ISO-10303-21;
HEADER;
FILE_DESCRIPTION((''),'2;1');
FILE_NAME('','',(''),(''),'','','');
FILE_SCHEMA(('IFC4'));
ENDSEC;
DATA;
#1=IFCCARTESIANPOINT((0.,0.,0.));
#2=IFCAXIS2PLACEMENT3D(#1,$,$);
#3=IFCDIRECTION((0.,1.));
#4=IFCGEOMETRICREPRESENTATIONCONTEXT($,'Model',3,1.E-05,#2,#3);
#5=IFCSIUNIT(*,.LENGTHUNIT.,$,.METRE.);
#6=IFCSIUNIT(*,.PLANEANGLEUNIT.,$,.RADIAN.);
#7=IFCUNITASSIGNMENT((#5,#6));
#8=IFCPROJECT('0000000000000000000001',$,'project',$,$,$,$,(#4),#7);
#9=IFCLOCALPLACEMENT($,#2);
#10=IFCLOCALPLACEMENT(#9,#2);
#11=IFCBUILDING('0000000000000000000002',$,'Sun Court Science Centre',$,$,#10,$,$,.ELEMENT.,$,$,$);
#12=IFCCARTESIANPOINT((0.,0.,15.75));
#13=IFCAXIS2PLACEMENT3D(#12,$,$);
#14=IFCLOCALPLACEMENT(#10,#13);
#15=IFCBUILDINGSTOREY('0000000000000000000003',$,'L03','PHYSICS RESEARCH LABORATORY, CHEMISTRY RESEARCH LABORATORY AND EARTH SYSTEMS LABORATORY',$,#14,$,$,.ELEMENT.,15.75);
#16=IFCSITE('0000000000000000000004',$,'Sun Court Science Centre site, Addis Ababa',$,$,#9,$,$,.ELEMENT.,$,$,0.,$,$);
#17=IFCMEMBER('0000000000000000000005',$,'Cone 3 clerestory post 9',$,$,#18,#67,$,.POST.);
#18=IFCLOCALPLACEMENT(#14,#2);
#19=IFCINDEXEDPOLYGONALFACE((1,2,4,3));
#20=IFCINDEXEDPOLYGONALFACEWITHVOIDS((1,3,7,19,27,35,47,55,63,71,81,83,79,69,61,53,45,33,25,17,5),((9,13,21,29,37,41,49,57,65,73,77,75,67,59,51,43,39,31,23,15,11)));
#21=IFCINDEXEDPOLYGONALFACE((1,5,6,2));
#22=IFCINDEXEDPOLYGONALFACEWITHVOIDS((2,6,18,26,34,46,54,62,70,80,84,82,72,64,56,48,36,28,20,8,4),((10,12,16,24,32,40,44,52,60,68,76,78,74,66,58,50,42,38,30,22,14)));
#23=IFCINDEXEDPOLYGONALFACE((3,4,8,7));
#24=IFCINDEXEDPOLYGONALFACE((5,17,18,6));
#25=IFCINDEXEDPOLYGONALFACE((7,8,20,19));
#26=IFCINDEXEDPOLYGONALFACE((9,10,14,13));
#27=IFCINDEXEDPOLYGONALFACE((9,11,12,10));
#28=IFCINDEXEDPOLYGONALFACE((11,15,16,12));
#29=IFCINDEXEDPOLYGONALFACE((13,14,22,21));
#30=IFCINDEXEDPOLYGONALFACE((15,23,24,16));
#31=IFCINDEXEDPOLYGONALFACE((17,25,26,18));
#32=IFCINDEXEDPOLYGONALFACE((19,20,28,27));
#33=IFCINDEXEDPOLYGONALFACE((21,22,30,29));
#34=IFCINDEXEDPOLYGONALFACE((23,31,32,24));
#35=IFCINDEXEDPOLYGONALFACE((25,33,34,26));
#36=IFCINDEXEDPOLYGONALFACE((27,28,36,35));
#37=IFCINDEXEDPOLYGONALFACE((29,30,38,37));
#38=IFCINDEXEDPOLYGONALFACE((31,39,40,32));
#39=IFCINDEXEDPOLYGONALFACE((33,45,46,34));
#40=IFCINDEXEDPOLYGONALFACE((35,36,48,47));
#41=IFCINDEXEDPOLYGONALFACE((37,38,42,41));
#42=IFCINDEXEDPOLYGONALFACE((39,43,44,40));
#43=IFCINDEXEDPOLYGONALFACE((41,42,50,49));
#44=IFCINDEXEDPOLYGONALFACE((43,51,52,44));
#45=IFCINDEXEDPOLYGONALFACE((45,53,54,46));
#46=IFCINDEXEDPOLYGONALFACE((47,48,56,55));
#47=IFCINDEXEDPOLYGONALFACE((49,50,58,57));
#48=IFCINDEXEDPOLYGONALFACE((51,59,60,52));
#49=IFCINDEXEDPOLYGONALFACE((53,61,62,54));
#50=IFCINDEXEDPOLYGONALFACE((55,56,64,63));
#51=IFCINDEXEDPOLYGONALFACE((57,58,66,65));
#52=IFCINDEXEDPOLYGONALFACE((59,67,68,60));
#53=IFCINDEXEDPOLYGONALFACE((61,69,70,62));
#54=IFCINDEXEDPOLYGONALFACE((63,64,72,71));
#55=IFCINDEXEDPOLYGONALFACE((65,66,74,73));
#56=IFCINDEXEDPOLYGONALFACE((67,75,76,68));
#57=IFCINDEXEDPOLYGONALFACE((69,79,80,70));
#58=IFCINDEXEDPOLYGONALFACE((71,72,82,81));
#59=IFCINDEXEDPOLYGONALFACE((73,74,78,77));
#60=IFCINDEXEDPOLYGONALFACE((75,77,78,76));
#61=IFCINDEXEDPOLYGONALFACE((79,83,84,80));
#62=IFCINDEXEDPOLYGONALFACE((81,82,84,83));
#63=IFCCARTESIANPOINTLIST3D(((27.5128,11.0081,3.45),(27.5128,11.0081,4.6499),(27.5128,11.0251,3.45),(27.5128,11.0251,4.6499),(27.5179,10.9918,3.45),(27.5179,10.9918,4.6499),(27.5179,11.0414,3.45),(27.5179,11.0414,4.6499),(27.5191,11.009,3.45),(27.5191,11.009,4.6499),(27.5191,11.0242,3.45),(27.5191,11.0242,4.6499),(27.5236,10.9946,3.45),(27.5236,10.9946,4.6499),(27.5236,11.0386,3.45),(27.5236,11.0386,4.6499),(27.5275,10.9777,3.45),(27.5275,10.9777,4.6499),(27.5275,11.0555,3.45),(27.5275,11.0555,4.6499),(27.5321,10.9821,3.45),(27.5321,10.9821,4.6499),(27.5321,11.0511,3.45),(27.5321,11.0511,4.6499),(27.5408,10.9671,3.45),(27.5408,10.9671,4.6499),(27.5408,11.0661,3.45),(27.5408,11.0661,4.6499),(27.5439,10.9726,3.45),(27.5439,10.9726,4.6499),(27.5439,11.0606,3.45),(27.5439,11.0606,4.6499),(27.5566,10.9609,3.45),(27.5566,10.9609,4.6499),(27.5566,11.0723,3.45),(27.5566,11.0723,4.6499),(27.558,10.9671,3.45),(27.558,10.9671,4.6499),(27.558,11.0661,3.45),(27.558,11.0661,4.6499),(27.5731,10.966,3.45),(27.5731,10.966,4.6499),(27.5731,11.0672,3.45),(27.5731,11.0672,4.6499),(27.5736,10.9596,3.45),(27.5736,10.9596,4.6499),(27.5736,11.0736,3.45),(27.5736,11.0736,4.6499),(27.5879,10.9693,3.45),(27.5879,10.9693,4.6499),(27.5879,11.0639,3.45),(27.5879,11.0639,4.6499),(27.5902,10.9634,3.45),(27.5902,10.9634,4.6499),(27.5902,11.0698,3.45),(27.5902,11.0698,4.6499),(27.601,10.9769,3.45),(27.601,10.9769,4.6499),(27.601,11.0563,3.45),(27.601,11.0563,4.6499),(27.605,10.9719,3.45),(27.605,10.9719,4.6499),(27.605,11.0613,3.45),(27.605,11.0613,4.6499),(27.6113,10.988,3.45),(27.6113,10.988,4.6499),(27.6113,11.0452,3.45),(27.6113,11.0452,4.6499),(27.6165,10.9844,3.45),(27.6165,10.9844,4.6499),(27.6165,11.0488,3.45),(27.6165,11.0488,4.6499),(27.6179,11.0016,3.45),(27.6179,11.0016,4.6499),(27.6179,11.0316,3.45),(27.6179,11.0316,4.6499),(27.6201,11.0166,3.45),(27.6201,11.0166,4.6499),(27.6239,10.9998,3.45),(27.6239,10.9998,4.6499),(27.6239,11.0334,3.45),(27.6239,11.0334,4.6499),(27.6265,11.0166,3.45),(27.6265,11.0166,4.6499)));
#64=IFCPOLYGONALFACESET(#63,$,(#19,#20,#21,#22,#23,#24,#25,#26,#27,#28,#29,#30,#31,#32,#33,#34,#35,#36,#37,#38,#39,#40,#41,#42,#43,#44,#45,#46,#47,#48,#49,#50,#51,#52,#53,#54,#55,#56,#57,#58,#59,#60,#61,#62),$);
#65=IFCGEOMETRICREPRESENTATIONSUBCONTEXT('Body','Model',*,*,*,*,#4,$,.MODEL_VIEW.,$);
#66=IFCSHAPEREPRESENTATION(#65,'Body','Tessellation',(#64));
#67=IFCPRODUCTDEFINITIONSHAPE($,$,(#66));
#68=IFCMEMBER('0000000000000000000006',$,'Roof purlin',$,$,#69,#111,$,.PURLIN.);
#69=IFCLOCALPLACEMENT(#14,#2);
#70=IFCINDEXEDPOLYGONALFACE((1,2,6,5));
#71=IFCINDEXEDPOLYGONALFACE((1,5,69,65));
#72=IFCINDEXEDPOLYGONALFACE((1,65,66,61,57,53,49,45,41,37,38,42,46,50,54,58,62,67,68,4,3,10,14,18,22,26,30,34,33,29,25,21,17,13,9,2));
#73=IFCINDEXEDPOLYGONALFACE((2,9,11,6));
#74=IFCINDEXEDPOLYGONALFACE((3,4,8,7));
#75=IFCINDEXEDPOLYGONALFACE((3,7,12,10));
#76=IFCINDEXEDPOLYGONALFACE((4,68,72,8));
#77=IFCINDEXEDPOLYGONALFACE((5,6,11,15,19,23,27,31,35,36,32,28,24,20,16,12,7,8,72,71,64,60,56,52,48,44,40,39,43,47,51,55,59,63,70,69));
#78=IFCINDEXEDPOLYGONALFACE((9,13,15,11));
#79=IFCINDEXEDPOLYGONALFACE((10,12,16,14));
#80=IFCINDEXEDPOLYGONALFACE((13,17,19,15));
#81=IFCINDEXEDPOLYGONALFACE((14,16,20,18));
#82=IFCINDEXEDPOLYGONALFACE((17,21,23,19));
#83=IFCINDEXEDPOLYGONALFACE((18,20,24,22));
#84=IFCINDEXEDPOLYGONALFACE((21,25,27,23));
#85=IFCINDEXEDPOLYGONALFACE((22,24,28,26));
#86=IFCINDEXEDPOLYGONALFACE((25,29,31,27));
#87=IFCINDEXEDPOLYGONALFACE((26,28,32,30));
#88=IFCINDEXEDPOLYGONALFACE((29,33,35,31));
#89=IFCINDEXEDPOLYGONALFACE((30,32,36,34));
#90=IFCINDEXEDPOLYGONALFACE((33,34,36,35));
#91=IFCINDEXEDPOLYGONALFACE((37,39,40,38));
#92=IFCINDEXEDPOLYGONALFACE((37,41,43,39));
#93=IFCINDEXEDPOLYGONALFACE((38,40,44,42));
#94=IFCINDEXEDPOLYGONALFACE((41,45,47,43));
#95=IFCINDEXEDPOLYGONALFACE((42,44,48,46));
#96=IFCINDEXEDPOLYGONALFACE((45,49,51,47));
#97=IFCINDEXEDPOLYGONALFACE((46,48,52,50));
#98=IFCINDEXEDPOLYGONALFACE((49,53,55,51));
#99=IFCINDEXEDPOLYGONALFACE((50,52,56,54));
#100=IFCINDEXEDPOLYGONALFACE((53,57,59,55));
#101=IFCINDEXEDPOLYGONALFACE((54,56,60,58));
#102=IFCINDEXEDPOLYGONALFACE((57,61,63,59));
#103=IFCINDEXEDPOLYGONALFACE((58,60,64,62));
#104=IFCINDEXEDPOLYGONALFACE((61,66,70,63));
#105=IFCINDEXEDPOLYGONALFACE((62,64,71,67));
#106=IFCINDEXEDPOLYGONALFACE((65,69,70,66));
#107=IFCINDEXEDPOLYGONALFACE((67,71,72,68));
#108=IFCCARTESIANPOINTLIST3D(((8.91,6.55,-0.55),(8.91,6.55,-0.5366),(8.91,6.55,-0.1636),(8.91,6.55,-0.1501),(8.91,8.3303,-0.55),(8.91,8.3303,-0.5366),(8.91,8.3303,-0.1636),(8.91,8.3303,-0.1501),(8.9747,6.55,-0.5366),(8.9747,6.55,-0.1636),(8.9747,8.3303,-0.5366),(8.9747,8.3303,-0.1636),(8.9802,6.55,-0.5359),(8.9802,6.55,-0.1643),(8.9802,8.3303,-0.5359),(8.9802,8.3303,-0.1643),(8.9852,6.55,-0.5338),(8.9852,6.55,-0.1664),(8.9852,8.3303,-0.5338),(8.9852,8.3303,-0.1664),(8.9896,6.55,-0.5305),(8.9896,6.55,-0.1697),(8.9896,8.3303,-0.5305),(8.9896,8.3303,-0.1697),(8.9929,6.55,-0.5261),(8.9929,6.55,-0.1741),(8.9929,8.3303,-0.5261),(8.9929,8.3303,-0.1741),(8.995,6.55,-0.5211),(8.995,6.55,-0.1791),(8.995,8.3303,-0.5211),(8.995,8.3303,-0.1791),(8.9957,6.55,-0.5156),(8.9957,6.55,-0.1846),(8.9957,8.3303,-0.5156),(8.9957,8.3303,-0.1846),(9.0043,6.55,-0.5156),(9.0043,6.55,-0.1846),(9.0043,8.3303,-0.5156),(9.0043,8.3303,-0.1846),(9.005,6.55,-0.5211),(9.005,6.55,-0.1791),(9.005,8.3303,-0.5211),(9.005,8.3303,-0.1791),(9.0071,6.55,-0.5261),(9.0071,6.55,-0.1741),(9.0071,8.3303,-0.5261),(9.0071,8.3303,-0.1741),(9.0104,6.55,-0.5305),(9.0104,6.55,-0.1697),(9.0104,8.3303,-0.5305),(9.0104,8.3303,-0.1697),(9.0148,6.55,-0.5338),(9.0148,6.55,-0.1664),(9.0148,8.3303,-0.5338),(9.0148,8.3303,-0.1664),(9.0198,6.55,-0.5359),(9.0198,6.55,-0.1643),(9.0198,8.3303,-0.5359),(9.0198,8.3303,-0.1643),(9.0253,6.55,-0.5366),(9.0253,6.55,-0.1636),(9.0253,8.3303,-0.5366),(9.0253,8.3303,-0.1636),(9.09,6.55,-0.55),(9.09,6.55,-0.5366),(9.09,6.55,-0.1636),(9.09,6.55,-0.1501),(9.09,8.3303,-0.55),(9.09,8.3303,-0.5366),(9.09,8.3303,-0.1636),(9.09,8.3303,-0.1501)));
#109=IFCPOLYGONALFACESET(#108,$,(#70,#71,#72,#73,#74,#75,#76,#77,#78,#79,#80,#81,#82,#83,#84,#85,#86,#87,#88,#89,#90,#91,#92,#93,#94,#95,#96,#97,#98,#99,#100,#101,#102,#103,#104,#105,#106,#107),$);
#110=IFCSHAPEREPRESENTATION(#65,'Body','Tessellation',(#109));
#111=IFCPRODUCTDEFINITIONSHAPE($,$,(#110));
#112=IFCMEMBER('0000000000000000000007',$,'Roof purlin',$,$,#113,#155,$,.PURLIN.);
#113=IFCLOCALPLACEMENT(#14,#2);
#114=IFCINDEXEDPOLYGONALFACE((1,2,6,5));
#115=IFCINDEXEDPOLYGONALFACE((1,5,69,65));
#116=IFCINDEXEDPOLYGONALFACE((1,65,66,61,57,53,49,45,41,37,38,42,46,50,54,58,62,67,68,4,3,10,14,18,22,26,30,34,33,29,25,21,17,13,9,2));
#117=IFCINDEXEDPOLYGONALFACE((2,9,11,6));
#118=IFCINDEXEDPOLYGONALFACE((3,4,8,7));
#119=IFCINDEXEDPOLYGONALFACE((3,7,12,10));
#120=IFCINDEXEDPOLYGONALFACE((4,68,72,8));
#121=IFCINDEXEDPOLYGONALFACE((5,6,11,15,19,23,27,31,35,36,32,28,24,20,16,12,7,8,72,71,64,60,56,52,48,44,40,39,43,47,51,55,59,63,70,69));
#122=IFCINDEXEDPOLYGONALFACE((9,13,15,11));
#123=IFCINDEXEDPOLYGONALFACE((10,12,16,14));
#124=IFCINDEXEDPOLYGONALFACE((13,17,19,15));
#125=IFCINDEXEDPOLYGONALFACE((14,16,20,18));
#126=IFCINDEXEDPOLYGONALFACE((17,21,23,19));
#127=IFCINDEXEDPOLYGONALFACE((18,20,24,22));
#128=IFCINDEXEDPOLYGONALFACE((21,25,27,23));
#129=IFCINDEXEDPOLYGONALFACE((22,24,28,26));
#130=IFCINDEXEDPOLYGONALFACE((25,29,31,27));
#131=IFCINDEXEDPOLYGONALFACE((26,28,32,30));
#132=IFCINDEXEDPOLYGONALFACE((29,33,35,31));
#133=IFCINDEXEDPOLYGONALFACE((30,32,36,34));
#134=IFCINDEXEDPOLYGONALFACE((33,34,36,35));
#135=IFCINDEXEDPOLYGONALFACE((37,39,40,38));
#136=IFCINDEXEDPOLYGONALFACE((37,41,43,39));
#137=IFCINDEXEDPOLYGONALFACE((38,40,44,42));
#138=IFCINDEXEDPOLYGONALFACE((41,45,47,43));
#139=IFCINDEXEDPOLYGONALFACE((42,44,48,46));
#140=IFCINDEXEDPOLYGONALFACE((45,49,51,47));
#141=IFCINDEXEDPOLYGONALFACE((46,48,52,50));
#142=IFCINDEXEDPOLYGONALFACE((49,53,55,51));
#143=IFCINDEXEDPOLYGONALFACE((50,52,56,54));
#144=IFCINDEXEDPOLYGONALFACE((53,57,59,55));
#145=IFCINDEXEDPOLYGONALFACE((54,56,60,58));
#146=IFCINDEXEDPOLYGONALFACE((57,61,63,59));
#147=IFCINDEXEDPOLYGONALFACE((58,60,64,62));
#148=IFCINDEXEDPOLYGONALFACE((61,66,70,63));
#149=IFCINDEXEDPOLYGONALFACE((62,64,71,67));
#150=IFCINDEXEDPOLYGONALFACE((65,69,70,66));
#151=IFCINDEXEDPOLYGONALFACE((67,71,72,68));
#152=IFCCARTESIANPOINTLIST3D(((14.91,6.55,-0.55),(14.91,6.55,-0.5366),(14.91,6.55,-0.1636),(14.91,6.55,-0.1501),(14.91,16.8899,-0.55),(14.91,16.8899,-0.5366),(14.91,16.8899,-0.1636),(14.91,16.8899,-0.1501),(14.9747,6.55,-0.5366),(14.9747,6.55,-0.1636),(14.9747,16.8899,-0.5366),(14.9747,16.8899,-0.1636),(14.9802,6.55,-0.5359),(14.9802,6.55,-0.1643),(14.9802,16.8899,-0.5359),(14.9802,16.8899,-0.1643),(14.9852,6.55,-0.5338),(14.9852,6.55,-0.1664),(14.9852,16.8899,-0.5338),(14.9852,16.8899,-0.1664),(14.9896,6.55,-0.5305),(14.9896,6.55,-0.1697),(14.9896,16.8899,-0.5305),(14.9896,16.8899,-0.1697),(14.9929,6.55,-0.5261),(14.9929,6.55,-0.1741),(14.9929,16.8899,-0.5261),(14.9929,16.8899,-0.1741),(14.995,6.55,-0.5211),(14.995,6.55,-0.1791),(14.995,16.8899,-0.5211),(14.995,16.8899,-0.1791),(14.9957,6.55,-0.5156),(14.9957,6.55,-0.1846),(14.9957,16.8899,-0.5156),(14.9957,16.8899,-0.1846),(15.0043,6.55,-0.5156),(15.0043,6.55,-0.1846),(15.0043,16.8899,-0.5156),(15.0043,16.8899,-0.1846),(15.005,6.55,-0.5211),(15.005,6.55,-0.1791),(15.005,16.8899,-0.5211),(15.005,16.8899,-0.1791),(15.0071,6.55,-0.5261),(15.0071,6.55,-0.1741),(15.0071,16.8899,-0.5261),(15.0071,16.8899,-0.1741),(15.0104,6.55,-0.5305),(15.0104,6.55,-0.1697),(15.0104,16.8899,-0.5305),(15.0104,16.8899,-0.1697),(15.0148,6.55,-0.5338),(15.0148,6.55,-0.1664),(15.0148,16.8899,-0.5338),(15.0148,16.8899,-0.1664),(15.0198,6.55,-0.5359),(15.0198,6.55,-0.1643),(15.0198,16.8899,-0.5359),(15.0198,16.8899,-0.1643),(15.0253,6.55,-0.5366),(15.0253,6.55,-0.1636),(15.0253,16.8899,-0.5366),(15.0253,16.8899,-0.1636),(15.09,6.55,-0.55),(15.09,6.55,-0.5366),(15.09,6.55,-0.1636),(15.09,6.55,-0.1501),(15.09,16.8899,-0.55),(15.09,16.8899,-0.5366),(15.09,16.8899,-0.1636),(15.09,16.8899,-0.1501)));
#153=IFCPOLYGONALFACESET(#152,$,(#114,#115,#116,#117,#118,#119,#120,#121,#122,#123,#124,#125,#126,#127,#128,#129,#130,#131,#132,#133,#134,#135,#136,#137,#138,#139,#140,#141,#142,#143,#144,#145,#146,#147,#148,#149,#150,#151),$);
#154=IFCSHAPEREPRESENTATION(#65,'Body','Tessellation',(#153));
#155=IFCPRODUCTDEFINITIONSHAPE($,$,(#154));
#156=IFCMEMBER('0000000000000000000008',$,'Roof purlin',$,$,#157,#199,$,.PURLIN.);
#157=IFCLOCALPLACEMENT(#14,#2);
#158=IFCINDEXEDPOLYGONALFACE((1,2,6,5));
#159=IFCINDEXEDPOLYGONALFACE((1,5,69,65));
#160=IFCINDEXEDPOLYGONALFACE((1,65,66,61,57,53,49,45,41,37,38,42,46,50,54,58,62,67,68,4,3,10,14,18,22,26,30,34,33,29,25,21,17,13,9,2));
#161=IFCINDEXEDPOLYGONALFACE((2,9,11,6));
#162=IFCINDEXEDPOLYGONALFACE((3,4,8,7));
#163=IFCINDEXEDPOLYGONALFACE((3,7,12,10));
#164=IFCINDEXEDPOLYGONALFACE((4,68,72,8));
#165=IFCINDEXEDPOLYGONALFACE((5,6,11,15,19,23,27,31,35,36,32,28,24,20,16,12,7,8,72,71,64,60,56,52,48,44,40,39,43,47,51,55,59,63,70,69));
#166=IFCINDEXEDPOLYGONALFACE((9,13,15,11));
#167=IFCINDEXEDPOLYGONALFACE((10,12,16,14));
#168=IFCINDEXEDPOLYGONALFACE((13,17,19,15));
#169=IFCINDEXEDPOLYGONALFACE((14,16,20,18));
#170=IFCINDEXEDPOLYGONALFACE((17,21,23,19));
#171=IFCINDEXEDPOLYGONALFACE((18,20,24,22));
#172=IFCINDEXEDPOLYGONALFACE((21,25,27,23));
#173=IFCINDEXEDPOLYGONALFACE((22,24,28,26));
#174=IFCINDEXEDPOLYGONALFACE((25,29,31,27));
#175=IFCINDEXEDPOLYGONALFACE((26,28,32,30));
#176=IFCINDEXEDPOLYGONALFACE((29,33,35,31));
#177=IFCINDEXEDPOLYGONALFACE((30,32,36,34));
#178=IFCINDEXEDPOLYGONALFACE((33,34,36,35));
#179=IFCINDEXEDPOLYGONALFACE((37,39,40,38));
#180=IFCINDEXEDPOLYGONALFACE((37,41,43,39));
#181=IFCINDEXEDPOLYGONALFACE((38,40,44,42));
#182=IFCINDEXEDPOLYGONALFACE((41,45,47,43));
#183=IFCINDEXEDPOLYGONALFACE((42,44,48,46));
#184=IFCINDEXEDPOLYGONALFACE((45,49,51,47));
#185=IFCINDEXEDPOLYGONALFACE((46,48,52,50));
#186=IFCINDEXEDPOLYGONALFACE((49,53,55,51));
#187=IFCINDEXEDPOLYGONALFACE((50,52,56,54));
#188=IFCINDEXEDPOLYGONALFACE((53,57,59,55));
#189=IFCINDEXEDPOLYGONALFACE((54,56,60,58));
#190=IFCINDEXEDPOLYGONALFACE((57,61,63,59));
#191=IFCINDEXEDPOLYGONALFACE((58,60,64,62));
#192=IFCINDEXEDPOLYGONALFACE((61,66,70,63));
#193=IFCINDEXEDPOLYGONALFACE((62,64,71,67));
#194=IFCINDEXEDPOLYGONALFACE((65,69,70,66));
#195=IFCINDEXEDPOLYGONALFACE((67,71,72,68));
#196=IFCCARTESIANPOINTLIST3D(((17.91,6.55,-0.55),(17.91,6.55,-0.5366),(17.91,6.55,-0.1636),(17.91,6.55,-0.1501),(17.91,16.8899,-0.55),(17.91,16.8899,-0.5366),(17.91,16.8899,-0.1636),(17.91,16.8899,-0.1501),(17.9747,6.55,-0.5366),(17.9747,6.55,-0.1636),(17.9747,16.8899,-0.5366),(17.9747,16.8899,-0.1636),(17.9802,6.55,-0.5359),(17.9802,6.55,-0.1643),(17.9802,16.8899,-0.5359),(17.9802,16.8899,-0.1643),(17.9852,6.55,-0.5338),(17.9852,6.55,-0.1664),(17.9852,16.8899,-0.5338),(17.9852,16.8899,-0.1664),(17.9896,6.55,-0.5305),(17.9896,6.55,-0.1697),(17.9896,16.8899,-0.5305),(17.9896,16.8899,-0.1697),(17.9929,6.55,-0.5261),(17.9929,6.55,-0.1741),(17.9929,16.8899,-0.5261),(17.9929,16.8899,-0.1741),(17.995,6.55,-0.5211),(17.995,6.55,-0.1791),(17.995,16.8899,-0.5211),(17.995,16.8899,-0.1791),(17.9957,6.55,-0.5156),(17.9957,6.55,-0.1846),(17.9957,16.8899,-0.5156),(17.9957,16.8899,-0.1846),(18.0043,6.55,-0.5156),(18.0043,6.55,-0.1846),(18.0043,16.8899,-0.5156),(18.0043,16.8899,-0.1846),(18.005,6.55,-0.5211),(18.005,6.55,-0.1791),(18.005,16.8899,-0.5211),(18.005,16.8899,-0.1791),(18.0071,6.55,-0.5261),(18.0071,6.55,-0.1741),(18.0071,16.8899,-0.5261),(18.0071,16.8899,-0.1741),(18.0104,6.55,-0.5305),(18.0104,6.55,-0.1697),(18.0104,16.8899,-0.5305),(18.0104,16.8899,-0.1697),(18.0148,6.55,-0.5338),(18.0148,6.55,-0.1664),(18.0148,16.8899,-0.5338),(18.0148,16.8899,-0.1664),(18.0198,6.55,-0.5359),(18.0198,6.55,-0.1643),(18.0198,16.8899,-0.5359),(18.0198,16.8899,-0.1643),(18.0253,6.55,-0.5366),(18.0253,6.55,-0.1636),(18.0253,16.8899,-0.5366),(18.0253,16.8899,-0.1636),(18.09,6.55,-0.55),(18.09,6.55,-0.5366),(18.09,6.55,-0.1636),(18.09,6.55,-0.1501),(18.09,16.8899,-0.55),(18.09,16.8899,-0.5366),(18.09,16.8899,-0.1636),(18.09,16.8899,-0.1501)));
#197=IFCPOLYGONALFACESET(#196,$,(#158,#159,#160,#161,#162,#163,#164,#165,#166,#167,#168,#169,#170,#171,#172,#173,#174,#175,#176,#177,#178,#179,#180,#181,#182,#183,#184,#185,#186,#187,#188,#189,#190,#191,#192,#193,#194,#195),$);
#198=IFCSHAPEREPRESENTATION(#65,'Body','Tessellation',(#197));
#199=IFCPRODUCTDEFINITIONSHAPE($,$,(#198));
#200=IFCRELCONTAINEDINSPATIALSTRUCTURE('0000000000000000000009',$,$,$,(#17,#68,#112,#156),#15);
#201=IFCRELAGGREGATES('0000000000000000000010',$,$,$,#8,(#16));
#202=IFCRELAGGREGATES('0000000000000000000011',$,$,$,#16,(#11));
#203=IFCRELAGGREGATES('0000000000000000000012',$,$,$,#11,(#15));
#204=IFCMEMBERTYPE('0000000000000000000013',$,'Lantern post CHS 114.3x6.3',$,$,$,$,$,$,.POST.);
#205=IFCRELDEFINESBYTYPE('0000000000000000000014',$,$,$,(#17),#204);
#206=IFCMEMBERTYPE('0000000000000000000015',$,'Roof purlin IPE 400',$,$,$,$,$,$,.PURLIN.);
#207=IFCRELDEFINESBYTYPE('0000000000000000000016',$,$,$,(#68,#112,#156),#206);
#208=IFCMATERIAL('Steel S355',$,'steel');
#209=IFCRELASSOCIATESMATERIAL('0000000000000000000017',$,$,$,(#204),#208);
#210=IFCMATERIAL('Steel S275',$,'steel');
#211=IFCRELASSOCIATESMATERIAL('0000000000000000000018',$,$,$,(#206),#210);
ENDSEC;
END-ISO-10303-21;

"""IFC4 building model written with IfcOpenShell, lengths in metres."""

from ifc_helpers import new_model, si_unit, direction, frame, origin, origin_2d, place, context, subcontext, project, spatial, hollow_circle, i_section, extrude, material, material_profile, profile_set, type_object, element, save


model = new_model("IFC4")

# Units and contexts
model_context = context("Model", 3, precision=1e-05, world=origin(), true_north=direction((0.0, 1.0)))
body_context = subcontext(model_context, "Body", "Model", "MODEL_VIEW")
ifc_project = project(units=[si_unit("LENGTHUNIT", "METRE"), si_unit("PLANEANGLEUNIT", "RADIAN")], contexts=[model_context])

# Site, building, storey
site_placement = place(None, origin())
site = spatial("IfcSite", under=ifc_project, at=site_placement, Name="Sun Court Science Centre site, Addis Ababa", CompositionType="ELEMENT", RefElevation=0.0)
building_placement = place(site_placement, origin())
building = spatial("IfcBuilding", under=site, at=building_placement, Name="Sun Court Science Centre", CompositionType="ELEMENT")
storey_placement = place(building_placement, frame((0.0, 0.0, 15.75)))
storey = spatial("IfcBuildingStorey", under=building, at=storey_placement, Name="L03", Description="PHYSICS RESEARCH LABORATORY, CHEMISTRY RESEARCH LABORATORY AND EARTH SYSTEMS LABORATORY", CompositionType="ELEMENT", Elevation=15.75)

# Members
ifc_material_1 = material(Name="Steel S355", Category="steel")
ifc_material_profile_1 = material_profile(ifc_material_1, hollow_circle(Radius=0.0571, WallThickness=0.0063, at=origin_2d()), Name="CHS 114.3x6.3")
ifc_profile_set_1 = profile_set([ifc_material_profile_1], Name="Steel S355")
member_type_1 = type_object("IfcMemberType", Name="Lantern post CHS 114.3x6.3", PredefinedType="POST", material=ifc_profile_set_1)
member_1_placement = place(storey_placement, frame((27.5693, 11.0166, 3.45), z_axis=(0.0, 0.0, 1.0), x_axis=(1.0, 0.0, 0.0)))
element("IfcMember", 1, at=member_1_placement, inside=storey, type_object=member_type_1, Name="Cone 3 clerestory post 9", PredefinedType="POST", context=body_context, shape_type="SweptSolid", body=[
    extrude(hollow_circle(Radius=0.0571, WallThickness=0.0063, at=origin_2d()), origin(), (0.0, 0.0, 1.0), 1.2),
])
ifc_material_2 = material(Name="Steel S275", Category="steel")
ifc_material_profile_2 = material_profile(ifc_material_2, i_section(OverallWidth=0.1799, OverallDepth=0.3999, WebThickness=0.0085, FlangeThickness=0.0134, FilletRadius=0.021, at=origin_2d()), Name="IPE 400")
ifc_profile_set_2 = profile_set([ifc_material_profile_2], Name="Steel S275")
member_type_2 = type_object("IfcMemberType", Name="Roof purlin IPE 400", PredefinedType="PURLIN", material=ifc_profile_set_2)
member_2_placement = place(storey_placement, frame((9.0, 6.55, -0.3501), z_axis=(0.0, 1.0, 0.0), x_axis=(-1.0, 0.0, 0.0)))
element("IfcMember", 2, at=member_2_placement, inside=storey, type_object=member_type_2, Name="Roof purlin", PredefinedType="PURLIN", context=body_context, shape_type="SweptSolid", body=[
    extrude(i_section(OverallWidth=0.1799, OverallDepth=0.3999, WebThickness=0.0085, FlangeThickness=0.0134, FilletRadius=0.021, at=origin_2d()), origin(), (0.0, 0.0, 1.0), 1.7803),
])
for number, where, z_axis, x_axis, name in (
    (3, (15.0, 6.55, -0.3501), (0.0, 1.0, 0.0), (-1.0, 0.0, 0.0), "Roof purlin"),
    (4, (18.0, 6.55, -0.3501), (0.0, 1.0, 0.0), (-1.0, 0.0, 0.0), "Roof purlin"),
):
    element("IfcMember", number, at=place(storey_placement, frame(where, z_axis=z_axis, x_axis=x_axis)), inside=storey, type_object=member_type_2, Name=name, PredefinedType="PURLIN", context=body_context, shape_type="SweptSolid", body=[
        extrude(i_section(OverallWidth=0.1799, OverallDepth=0.3999, WebThickness=0.0085, FlangeThickness=0.0134, FilletRadius=0.021, at=origin_2d()), origin(), (0.0, 0.0, 1.0), 10.3398),
    ])

save(model, "model.ifc")
